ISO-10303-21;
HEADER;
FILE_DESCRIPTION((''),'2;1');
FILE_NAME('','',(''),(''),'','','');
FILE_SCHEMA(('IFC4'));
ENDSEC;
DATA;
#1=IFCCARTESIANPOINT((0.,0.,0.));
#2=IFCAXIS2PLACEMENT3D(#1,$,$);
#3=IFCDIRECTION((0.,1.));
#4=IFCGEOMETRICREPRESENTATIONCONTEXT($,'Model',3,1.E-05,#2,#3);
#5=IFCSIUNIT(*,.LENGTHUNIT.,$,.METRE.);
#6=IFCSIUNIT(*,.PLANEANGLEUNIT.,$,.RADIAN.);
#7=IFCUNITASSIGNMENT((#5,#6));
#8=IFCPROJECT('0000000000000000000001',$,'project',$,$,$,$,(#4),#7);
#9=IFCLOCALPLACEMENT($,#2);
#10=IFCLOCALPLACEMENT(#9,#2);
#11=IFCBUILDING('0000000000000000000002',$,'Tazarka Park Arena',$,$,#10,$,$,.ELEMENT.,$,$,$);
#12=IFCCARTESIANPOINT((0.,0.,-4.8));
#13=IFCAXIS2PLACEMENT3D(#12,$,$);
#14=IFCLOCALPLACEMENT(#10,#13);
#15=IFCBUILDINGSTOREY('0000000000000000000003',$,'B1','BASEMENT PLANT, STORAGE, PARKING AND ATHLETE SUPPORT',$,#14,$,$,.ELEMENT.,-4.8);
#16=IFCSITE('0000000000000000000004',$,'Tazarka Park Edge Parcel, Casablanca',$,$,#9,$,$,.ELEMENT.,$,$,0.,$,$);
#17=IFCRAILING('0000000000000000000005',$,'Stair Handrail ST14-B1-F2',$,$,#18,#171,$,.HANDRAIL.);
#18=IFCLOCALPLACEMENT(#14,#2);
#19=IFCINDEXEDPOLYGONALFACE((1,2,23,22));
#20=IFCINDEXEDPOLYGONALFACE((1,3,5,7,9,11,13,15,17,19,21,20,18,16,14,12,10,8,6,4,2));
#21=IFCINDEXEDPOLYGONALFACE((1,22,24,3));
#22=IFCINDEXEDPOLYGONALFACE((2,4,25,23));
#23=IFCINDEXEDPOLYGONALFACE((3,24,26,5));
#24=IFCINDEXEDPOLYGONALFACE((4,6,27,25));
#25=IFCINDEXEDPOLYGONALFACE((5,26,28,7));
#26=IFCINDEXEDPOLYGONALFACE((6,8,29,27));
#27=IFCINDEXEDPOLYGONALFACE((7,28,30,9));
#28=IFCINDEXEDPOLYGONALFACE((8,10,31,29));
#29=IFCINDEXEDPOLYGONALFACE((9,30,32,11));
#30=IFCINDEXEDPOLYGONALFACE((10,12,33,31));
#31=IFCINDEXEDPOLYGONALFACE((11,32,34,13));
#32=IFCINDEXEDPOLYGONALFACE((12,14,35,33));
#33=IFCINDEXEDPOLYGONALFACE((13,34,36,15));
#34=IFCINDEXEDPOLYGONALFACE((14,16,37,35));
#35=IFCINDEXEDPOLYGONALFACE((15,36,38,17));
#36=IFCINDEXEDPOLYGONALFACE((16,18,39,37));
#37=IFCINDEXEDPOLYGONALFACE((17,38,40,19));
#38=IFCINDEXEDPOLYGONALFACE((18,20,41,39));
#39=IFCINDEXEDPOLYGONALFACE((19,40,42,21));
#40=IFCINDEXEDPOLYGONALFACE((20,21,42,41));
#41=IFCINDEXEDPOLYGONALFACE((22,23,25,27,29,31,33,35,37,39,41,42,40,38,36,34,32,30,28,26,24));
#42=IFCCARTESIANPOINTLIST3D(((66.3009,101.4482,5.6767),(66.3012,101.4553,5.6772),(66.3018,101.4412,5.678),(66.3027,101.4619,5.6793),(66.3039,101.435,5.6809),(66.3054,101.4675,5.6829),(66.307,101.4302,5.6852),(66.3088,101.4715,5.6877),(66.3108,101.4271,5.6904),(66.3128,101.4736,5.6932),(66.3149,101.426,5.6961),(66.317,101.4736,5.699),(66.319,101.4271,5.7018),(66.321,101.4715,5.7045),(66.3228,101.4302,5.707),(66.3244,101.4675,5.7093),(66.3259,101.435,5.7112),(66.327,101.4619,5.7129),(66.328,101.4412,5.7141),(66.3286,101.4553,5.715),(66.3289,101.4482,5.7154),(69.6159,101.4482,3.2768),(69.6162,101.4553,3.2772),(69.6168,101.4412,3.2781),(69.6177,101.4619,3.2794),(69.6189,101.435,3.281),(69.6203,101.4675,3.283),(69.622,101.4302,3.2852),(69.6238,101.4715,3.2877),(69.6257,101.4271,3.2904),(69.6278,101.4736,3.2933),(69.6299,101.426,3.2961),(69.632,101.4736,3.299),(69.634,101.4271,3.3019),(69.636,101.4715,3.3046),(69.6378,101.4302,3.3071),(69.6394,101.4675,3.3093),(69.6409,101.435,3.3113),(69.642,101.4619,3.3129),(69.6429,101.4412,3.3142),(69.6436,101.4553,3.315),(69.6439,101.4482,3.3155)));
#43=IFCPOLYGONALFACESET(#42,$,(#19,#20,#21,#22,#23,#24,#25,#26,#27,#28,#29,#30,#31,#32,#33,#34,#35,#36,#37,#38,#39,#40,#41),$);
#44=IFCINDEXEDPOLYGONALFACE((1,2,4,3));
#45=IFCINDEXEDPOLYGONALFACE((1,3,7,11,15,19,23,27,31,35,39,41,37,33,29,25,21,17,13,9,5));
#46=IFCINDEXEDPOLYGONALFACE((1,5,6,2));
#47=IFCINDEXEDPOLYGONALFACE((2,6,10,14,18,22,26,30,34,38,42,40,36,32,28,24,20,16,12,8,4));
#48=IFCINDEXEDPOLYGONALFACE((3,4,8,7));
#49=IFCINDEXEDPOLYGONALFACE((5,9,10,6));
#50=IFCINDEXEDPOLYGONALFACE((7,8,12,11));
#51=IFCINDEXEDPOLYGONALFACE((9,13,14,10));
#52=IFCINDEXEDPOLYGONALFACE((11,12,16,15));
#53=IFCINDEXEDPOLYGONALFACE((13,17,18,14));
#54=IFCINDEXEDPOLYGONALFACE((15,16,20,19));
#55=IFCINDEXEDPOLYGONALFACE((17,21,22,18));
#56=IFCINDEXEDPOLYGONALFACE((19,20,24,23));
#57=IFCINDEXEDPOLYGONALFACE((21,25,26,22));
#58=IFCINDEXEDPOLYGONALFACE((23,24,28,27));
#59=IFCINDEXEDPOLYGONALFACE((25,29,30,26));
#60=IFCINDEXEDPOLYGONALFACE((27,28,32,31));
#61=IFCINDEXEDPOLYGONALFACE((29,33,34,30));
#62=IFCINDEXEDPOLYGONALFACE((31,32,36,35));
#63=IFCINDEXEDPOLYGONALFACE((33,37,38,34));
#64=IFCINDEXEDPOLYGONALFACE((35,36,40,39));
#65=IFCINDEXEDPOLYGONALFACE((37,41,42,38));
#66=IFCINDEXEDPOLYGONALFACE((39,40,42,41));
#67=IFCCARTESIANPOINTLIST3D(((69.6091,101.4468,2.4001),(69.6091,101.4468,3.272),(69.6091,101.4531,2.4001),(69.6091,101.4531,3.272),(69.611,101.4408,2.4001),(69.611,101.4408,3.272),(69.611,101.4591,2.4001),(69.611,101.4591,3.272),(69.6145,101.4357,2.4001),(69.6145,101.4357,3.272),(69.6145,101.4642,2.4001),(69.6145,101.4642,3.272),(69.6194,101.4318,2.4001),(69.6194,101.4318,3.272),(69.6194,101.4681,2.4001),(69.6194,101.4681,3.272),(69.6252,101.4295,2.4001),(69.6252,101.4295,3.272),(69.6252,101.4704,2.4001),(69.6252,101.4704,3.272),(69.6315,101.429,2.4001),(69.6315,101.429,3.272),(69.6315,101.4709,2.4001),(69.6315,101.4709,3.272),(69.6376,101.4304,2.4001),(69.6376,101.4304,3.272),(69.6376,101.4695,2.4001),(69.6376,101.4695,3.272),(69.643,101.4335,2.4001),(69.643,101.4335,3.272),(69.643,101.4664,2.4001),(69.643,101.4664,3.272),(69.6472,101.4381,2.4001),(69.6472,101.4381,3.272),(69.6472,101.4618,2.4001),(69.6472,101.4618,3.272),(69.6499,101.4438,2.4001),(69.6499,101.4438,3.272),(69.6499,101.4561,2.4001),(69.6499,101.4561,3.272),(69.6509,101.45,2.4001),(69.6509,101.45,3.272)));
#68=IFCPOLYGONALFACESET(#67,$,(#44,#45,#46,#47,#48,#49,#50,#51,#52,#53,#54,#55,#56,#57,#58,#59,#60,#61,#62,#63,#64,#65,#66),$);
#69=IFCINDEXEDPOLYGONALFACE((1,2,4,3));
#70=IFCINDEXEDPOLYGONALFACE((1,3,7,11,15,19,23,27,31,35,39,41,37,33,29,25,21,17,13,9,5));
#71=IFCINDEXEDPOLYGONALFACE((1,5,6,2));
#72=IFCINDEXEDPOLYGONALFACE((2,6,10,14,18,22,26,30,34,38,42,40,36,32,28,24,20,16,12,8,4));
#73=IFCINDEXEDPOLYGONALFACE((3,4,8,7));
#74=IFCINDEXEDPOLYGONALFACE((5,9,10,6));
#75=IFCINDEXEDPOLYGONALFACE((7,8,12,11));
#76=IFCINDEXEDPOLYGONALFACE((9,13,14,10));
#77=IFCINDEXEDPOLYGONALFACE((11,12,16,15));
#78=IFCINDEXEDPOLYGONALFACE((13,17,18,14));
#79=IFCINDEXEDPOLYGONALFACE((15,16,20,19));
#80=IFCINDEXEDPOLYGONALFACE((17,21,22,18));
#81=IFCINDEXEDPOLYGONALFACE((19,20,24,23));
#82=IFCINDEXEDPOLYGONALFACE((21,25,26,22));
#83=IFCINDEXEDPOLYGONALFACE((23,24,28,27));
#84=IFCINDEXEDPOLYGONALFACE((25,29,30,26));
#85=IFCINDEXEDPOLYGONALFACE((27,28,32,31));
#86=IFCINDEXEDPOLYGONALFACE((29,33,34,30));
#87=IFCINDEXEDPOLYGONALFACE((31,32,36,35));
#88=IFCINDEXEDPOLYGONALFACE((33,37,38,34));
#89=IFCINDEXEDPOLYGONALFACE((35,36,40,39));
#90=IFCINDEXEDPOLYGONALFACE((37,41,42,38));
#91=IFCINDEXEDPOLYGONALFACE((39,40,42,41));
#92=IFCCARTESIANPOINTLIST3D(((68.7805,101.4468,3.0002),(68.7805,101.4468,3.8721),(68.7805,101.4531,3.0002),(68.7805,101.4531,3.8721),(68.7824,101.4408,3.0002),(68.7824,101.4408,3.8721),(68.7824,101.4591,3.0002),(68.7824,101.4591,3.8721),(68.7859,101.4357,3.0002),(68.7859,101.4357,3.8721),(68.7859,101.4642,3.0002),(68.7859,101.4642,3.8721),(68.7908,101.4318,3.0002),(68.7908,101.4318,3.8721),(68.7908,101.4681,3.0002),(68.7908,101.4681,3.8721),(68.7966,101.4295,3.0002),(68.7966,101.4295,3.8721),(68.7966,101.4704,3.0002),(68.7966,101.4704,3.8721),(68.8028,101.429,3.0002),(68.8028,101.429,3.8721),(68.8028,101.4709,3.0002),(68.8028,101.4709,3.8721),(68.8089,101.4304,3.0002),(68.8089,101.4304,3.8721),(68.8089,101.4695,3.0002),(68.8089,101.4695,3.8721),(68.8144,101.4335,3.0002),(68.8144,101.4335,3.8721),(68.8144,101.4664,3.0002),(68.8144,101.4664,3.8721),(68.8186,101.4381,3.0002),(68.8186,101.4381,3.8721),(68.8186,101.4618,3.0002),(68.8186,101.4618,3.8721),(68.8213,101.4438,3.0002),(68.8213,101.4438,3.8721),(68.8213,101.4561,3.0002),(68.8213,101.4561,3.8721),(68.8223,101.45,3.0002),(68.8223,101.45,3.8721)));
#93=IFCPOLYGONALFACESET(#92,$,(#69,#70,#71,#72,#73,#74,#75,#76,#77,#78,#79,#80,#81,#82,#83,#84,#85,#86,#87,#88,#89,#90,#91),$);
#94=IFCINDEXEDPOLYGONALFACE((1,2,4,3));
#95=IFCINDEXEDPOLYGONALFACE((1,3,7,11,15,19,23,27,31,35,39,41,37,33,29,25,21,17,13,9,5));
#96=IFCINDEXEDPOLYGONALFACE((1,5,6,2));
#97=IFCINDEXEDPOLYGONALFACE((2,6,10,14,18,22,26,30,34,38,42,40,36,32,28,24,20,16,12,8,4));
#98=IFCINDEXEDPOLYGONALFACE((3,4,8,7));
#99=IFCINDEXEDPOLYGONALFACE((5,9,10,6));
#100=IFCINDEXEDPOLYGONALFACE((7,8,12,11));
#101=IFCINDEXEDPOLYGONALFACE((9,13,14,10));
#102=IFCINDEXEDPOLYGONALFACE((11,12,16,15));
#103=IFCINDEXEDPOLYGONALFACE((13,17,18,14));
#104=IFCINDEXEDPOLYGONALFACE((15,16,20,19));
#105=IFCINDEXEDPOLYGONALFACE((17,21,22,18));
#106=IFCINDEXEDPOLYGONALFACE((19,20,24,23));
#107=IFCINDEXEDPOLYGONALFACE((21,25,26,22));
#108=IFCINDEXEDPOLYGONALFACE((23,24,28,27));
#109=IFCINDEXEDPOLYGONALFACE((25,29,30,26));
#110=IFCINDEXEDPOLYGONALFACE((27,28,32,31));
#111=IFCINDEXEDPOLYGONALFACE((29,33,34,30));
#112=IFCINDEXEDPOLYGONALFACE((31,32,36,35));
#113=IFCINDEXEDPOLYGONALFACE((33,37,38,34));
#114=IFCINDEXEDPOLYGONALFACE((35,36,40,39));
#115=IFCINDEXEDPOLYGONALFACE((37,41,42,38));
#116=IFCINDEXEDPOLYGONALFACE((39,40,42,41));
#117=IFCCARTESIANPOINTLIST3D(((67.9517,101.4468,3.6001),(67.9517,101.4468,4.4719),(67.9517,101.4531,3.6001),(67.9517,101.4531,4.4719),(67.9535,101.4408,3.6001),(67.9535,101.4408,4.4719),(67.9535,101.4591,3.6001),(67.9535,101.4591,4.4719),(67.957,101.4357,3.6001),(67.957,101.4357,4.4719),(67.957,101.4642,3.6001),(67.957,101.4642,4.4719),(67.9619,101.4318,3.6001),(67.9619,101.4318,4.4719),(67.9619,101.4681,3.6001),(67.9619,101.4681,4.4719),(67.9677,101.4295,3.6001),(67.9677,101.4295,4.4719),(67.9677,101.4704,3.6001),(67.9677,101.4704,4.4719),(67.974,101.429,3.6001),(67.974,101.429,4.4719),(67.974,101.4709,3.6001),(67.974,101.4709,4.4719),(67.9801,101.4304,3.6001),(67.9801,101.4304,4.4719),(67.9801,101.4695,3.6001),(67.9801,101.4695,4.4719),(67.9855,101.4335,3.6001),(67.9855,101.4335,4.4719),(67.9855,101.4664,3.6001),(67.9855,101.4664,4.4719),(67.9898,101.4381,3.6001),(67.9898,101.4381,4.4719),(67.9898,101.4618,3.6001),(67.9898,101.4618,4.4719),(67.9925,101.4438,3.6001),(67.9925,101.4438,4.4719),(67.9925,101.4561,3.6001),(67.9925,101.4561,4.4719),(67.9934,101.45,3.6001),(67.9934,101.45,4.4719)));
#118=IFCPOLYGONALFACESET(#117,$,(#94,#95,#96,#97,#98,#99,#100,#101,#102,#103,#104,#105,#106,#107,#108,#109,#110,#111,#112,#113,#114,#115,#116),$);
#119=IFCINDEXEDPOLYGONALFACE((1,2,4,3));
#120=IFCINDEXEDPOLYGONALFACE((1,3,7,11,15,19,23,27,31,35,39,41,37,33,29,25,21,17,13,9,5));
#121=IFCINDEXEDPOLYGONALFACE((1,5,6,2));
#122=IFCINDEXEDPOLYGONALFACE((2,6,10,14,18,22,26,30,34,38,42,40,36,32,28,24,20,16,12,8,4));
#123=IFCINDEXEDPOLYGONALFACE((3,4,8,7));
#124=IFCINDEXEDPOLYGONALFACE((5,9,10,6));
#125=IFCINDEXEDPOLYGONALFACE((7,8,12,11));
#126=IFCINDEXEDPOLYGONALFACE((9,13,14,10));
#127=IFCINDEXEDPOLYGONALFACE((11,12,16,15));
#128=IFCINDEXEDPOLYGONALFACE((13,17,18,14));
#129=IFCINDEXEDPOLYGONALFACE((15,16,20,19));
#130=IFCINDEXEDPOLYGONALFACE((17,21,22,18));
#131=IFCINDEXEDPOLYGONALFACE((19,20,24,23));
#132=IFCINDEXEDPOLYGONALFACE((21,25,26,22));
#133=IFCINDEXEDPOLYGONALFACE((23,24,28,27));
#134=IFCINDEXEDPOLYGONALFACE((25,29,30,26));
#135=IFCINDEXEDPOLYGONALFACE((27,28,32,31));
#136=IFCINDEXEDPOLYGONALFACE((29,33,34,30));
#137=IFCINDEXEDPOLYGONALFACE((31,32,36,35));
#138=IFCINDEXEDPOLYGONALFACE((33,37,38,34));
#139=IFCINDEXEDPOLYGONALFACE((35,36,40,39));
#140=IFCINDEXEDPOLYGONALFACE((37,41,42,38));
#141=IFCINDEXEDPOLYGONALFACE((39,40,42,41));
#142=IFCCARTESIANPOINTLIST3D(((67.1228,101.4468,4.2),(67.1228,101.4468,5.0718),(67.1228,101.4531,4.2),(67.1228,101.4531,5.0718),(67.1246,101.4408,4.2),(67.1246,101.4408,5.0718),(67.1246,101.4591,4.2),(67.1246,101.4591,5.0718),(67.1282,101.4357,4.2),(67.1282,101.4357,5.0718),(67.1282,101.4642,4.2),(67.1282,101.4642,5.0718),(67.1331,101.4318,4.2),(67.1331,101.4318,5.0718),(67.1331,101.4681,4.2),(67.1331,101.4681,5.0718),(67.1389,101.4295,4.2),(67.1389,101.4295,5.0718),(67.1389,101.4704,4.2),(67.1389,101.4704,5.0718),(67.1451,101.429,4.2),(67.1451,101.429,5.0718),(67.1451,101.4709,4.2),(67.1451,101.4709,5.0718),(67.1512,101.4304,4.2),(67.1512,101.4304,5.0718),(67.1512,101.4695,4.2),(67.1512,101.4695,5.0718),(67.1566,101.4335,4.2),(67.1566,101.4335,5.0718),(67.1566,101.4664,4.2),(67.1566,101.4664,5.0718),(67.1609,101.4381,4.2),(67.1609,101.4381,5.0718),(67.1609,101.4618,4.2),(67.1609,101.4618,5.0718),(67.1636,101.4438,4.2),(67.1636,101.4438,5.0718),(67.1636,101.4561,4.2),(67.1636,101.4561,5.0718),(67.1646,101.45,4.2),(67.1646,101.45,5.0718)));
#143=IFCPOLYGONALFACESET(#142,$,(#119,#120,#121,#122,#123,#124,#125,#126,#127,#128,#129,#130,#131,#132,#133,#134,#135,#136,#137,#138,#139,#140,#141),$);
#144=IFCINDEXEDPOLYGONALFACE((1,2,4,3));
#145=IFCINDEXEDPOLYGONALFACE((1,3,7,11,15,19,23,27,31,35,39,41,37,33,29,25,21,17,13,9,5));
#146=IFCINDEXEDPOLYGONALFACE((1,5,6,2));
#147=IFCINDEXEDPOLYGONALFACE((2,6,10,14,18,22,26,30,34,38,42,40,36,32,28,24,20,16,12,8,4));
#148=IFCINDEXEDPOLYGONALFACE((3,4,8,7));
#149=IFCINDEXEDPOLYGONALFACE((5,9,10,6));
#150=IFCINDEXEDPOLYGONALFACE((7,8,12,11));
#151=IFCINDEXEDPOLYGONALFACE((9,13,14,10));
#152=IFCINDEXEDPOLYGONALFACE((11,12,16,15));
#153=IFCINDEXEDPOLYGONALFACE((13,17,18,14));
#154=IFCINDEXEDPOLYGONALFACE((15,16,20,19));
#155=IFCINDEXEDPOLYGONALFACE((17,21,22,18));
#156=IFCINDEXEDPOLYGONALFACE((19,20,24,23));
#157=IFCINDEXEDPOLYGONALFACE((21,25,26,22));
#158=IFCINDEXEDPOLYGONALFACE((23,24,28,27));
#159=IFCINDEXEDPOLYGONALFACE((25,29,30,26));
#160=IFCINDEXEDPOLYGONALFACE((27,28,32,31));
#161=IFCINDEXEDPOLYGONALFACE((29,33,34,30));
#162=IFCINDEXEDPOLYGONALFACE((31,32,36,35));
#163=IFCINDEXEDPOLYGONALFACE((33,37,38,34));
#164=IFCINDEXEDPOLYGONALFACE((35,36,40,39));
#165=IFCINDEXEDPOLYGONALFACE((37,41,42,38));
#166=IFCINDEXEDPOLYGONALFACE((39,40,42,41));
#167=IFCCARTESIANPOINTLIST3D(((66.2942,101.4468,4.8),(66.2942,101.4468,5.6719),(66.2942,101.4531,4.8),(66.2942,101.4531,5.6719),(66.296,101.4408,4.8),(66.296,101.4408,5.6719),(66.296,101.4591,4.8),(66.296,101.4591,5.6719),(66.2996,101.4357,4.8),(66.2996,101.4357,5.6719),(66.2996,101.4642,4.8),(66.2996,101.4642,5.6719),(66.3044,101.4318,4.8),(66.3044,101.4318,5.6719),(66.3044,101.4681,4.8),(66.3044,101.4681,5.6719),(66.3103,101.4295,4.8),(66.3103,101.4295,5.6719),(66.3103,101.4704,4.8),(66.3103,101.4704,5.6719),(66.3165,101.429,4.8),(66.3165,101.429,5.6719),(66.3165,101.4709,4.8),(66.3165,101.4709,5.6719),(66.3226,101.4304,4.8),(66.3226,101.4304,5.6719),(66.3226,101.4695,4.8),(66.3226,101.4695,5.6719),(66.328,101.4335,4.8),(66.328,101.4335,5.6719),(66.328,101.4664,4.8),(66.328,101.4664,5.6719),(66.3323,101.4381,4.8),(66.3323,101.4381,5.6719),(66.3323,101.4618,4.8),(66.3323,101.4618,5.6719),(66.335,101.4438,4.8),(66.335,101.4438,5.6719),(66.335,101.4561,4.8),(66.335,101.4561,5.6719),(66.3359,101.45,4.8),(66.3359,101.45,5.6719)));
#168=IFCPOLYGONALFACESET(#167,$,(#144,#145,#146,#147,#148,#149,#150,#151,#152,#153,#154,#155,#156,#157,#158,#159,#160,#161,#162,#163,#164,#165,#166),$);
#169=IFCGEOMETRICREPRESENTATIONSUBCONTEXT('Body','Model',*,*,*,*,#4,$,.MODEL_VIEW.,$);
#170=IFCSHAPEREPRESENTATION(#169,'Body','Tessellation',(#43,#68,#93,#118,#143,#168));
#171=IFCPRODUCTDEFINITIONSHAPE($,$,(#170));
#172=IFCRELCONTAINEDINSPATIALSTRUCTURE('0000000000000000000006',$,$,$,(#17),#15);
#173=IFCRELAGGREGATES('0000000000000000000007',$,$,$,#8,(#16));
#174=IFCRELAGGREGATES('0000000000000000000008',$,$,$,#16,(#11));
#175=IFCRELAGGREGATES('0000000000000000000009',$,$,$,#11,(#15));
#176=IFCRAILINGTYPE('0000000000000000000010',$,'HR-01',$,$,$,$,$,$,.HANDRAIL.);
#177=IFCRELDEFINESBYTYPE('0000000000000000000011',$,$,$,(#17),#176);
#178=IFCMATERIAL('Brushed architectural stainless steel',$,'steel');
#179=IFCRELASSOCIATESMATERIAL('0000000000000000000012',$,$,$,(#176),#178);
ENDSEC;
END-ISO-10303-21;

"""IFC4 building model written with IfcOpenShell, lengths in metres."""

from ifc_helpers import new_model, si_unit, direction, frame, origin, origin_2d, place, context, subcontext, project, spatial, circle, extrude, material, type_object, element, save


model = new_model("IFC4")

# Units and contexts
model_context = context("Model", 3, precision=1e-05, world=origin(), true_north=direction((0.0, 1.0)))
body_context = subcontext(model_context, "Body", "Model", "MODEL_VIEW")
ifc_project = project(units=[si_unit("LENGTHUNIT", "METRE"), si_unit("PLANEANGLEUNIT", "RADIAN")], contexts=[model_context])

# Site, building, storey
site_placement = place(None, origin())
site = spatial("IfcSite", under=ifc_project, at=site_placement, Name="Tazarka Park Edge Parcel, Casablanca", CompositionType="ELEMENT", RefElevation=0.0)
building_placement = place(site_placement, origin())
building = spatial("IfcBuilding", under=site, at=building_placement, Name="Tazarka Park Arena", CompositionType="ELEMENT")
storey_placement = place(building_placement, frame((0.0, 0.0, -4.8)))
storey = spatial("IfcBuildingStorey", under=building, at=storey_placement, Name="B1", Description="BASEMENT PLANT, STORAGE, PARKING AND ATHLETE SUPPORT", CompositionType="ELEMENT", Elevation=-4.8)

# Railing
ifc_material_1 = material(Name="Brushed architectural stainless steel", Category="steel")
railing_type_1 = type_object("IfcRailingType", Name="HR-01", PredefinedType="HANDRAIL", material=ifc_material_1)
railing_1_placement = place(storey_placement, frame((69.6299, 101.45, 2.4001)))
element("IfcRailing", 1, at=railing_1_placement, inside=storey, type_object=railing_type_1, Name="Stair Handrail ST14-B1-F2", PredefinedType="HANDRAIL", context=body_context, shape_type="SweptSolid", body=[
    extrude(circle(Radius=0.0239, at=origin_2d()), frame((0.0, 0.0, 0.896), z_axis=(-0.810009, 0.0, 0.586418), x_axis=(0.0, -1.0, 0.0)), (0.0, 0.0, 1.0), 4.0925),
    extrude(circle(Radius=0.021, at=origin_2d()), origin(), (0.0, 0.0, 1.0), 0.8718),
    extrude(circle(Radius=0.021, at=origin_2d()), frame((-0.8286, 0.0, 0.6001)), (0.0, 0.0, 1.0), 0.8718),
    extrude(circle(Radius=0.021, at=origin_2d()), frame((-1.6575, 0.0, 1.2)), (0.0, 0.0, 1.0), 0.8718),
    extrude(circle(Radius=0.021, at=origin_2d()), frame((-2.4863, 0.0, 1.7998)), (0.0, 0.0, 1.0), 0.8718),
    extrude(circle(Radius=0.021, at=origin_2d()), frame((-3.3149, 0.0, 2.3999)), (0.0, 0.0, 1.0), 0.8718),
])

save(model, "model.ifc")
